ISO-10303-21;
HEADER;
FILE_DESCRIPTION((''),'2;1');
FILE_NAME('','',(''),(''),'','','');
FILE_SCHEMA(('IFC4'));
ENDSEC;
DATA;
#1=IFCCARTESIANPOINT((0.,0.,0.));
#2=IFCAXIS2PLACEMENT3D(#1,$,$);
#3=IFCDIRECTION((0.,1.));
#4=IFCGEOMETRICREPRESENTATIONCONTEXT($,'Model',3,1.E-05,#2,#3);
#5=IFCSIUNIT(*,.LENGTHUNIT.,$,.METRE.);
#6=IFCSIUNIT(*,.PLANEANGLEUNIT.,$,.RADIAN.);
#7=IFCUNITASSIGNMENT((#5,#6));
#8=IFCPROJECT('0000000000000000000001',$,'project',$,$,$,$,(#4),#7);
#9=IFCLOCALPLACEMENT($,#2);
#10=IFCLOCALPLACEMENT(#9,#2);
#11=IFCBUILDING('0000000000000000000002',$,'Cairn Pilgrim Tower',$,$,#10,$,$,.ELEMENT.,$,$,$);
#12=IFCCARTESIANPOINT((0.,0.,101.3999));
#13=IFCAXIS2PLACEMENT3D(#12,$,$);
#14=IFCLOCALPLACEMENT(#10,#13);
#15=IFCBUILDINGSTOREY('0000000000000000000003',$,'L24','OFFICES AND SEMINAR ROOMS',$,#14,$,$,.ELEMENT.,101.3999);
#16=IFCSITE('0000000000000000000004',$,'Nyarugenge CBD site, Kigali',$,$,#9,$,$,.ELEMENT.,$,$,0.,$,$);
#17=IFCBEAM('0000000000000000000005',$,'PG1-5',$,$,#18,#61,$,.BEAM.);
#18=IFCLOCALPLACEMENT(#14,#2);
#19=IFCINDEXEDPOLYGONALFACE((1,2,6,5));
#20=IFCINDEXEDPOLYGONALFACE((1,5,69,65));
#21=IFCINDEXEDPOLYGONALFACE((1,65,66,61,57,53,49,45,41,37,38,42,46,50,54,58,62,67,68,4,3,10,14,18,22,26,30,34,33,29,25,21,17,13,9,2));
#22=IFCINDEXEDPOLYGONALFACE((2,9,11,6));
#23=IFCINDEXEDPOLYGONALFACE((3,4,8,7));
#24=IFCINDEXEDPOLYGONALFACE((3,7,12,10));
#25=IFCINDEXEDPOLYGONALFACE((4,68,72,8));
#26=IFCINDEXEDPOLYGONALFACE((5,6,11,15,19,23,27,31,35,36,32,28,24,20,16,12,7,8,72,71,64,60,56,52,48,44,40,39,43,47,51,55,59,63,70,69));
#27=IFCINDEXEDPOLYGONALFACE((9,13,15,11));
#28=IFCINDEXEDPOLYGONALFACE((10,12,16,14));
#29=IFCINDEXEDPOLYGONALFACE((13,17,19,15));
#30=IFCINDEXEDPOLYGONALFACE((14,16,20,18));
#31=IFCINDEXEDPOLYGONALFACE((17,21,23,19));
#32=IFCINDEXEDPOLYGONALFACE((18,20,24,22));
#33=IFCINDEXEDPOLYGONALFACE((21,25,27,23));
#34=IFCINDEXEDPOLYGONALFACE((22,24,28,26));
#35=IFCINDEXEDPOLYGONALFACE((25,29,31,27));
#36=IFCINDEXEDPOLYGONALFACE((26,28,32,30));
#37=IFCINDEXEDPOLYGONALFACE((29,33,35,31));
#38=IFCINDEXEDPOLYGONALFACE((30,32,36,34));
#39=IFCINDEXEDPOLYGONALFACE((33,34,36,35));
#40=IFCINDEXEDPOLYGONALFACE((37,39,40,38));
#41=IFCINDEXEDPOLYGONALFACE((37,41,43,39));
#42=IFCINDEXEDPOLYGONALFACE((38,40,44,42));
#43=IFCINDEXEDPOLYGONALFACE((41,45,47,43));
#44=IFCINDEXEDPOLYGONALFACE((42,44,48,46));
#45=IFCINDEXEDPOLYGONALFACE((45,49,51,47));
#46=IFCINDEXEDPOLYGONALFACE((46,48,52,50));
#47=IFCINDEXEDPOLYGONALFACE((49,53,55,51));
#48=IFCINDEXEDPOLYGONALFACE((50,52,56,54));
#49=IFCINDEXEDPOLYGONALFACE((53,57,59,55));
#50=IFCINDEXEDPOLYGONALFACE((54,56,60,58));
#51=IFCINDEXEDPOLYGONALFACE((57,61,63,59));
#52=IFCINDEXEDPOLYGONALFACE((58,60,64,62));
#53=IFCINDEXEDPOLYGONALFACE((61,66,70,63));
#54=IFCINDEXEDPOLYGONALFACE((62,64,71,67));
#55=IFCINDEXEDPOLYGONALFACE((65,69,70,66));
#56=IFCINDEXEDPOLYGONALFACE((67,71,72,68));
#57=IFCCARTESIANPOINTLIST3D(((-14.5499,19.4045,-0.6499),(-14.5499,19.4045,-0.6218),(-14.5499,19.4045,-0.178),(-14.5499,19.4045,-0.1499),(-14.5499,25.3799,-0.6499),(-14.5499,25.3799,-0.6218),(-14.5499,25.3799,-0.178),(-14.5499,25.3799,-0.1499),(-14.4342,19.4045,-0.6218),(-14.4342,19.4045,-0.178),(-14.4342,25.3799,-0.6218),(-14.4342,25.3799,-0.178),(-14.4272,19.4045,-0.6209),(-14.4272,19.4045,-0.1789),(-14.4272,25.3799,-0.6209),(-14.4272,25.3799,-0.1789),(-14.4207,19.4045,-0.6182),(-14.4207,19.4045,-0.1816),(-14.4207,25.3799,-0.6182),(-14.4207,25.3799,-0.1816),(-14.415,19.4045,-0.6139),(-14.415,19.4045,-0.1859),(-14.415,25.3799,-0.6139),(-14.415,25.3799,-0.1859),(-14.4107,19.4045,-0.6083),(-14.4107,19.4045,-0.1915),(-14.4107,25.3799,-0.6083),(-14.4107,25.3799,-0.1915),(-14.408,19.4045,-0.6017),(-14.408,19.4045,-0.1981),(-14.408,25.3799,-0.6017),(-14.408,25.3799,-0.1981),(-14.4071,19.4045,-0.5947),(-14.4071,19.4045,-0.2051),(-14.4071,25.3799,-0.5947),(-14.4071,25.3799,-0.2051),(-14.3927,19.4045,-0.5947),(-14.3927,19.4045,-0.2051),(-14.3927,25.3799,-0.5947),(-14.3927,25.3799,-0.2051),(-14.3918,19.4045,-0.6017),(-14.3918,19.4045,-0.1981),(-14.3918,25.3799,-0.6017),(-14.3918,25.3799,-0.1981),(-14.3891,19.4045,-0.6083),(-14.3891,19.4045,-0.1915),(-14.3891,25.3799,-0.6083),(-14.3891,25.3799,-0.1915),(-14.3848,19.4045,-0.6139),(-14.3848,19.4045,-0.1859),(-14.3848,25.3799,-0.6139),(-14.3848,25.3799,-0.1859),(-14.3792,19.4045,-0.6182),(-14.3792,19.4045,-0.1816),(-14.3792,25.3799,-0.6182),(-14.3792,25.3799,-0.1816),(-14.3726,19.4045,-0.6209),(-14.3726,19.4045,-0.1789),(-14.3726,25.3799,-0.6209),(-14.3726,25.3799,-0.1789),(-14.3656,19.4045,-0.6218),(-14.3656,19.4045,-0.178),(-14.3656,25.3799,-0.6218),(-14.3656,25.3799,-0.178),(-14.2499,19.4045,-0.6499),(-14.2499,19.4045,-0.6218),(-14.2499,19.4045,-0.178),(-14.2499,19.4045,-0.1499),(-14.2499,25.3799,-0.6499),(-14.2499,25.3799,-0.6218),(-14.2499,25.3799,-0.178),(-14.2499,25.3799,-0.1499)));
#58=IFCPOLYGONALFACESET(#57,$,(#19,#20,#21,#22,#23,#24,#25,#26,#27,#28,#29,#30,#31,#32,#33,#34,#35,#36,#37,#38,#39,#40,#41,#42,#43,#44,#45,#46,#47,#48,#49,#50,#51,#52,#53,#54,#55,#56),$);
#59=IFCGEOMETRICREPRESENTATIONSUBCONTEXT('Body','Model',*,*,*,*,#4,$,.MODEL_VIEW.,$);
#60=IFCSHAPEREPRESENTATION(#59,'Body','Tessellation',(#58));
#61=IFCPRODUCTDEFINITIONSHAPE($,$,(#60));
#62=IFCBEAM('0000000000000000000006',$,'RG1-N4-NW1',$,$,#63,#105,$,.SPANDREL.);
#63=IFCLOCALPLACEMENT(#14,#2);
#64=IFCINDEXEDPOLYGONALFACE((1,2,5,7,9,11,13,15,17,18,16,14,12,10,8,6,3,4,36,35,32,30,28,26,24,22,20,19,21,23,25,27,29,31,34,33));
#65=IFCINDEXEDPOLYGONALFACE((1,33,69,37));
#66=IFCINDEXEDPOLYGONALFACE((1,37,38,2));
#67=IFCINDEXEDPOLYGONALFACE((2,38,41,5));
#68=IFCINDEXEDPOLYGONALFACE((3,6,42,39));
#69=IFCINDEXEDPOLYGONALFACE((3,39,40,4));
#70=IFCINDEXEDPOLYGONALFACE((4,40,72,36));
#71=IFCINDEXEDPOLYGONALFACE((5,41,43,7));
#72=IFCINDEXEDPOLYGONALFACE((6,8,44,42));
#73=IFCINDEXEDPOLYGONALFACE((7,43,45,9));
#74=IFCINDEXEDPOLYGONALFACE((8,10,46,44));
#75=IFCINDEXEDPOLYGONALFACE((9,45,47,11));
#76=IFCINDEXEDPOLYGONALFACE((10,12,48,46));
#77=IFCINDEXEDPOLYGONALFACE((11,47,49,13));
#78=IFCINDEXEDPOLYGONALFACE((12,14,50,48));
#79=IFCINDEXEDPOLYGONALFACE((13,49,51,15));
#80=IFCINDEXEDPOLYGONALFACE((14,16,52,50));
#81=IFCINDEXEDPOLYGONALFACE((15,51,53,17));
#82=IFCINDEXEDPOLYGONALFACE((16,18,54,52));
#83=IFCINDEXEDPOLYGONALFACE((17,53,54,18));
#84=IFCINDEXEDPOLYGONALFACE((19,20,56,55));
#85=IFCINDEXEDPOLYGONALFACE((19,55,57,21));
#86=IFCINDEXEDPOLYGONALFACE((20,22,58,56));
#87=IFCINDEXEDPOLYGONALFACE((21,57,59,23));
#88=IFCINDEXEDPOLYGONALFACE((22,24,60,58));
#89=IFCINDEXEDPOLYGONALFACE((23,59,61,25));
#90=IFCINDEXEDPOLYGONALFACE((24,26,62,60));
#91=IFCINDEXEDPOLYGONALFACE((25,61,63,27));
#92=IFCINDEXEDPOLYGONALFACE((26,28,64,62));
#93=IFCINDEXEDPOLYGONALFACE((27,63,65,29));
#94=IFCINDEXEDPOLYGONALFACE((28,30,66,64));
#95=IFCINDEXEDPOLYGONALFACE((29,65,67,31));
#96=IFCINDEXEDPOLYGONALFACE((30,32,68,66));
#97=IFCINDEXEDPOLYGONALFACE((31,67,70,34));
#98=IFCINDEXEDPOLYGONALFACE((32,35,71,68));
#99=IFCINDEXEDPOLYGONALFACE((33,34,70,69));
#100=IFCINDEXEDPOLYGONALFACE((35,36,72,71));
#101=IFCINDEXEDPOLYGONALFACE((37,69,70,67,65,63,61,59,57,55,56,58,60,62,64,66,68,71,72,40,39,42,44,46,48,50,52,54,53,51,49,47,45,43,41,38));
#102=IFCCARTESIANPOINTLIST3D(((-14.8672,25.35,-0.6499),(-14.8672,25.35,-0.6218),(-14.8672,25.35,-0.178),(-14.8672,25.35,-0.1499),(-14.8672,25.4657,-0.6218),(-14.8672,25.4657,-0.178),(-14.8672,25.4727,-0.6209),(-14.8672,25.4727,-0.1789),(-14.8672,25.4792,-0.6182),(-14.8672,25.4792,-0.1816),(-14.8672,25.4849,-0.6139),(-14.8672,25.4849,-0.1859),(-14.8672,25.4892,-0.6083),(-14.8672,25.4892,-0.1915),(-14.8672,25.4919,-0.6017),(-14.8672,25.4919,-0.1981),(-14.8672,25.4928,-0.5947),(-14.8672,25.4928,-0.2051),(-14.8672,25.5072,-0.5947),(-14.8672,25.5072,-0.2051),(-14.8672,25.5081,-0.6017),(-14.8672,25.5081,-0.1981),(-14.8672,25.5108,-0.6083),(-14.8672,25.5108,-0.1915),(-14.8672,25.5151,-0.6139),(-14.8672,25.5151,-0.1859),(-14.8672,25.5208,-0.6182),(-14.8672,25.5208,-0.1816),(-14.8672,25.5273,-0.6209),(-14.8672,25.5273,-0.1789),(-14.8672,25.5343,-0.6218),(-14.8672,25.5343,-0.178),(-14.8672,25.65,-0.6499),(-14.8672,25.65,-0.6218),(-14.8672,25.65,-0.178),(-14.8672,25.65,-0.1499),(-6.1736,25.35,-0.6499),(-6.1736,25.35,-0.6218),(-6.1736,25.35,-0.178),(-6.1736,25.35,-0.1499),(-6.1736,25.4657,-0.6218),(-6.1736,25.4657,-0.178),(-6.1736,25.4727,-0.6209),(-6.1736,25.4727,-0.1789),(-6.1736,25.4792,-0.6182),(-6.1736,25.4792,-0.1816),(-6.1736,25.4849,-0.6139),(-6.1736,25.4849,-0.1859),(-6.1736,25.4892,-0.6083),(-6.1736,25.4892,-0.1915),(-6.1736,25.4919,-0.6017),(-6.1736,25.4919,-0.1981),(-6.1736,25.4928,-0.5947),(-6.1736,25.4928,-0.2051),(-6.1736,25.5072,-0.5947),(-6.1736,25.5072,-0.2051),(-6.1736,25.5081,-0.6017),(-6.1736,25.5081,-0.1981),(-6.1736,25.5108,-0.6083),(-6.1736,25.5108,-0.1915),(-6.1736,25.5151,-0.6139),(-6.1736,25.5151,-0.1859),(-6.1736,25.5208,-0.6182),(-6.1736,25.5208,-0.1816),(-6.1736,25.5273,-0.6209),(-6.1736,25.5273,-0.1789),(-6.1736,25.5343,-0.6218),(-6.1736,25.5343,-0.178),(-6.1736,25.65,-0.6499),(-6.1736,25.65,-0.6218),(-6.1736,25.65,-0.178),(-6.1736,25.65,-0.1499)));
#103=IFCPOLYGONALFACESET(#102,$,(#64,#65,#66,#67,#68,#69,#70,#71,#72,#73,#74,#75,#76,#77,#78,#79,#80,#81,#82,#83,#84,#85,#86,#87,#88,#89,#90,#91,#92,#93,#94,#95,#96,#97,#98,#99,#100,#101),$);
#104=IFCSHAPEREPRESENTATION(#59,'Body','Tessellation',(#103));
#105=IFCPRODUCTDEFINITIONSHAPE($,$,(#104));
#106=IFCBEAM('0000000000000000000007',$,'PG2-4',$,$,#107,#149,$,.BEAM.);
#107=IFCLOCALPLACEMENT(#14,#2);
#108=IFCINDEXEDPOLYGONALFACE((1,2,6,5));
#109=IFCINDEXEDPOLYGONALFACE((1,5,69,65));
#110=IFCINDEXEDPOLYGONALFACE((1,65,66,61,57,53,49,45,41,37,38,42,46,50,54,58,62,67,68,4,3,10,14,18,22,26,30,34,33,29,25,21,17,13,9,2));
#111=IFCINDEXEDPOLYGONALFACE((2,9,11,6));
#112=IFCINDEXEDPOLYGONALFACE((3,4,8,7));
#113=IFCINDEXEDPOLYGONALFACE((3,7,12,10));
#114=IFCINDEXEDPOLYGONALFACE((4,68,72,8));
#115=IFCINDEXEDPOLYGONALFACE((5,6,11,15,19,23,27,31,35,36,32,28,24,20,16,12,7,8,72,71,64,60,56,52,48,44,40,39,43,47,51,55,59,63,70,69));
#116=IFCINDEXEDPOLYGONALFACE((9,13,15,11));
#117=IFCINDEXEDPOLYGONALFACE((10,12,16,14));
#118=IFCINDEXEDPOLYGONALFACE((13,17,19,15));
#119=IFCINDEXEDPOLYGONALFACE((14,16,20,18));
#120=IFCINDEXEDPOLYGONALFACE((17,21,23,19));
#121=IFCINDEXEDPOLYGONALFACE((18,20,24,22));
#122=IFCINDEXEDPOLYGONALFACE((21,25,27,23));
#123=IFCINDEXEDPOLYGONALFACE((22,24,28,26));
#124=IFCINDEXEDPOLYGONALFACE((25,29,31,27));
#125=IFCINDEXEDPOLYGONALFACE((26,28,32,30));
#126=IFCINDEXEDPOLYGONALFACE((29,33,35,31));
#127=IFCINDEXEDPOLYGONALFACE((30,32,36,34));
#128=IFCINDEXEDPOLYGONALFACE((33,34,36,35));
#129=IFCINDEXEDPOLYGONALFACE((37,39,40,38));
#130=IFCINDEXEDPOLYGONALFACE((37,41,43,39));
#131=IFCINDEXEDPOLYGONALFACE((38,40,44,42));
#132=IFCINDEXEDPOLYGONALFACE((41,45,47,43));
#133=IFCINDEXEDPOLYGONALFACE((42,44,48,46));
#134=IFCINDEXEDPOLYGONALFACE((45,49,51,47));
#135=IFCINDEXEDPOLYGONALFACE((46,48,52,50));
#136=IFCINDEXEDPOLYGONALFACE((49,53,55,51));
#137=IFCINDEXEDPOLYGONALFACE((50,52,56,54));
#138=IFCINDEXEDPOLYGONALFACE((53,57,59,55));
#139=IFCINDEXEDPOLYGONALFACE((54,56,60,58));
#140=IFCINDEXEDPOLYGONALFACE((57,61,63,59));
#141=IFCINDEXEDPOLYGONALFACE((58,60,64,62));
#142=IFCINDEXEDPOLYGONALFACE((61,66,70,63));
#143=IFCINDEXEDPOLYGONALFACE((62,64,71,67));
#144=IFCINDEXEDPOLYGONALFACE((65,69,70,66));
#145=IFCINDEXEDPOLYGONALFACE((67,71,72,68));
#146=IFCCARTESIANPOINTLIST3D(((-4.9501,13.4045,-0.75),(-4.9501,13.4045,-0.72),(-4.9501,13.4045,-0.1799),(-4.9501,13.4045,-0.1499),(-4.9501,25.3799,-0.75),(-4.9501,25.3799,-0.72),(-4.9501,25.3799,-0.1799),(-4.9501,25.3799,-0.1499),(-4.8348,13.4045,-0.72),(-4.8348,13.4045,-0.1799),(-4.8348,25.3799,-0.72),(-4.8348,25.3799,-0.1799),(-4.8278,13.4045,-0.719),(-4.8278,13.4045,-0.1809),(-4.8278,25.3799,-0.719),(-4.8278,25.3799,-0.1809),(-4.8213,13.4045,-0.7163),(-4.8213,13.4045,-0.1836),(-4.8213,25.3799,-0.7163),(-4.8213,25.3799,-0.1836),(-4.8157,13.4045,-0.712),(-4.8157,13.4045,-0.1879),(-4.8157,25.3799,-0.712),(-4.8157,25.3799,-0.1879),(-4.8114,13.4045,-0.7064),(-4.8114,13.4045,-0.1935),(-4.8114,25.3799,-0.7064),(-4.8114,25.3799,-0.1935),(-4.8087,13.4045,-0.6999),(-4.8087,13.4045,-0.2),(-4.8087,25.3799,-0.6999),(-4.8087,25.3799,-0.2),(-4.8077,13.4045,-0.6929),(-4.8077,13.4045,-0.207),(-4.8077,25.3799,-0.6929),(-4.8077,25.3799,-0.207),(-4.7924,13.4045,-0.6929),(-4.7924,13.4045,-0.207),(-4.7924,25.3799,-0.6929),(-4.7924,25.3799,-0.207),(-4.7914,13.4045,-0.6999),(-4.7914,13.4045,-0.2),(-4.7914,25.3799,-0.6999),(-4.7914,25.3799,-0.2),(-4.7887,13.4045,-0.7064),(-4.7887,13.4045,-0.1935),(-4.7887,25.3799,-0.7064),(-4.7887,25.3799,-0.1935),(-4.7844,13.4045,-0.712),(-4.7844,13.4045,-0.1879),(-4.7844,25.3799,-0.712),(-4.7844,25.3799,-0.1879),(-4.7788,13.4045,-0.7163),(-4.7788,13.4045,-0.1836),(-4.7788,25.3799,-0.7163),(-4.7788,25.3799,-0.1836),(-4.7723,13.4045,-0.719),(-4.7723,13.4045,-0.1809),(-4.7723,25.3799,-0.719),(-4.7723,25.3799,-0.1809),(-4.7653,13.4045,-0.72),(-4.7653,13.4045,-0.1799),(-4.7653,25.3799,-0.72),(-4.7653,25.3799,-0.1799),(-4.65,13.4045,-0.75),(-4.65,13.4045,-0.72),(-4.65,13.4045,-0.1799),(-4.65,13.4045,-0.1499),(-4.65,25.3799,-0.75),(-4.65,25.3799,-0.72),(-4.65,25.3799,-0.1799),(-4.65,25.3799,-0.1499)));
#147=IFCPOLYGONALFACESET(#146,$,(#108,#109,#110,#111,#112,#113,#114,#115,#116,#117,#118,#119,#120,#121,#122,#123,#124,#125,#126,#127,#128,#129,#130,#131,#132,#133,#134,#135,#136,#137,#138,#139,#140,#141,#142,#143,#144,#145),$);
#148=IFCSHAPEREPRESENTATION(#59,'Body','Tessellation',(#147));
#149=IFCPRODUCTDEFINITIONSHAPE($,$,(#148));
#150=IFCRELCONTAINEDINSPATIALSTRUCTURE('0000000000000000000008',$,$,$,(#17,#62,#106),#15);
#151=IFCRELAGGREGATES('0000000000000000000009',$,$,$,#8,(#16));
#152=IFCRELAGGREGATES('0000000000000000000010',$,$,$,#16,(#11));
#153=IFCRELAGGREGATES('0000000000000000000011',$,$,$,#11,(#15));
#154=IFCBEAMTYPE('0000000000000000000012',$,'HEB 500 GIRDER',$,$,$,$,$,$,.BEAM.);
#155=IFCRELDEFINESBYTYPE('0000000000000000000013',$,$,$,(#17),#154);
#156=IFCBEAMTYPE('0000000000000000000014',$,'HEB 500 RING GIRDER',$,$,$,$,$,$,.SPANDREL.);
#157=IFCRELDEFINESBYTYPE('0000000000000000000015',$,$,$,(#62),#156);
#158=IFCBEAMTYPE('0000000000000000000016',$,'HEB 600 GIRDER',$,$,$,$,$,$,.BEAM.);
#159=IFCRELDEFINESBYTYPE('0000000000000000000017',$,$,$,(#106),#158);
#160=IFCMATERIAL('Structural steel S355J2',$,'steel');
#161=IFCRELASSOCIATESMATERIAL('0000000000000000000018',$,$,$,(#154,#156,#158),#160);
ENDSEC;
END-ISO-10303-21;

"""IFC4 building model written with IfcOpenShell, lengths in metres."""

from ifc_helpers import new_model, si_unit, direction, frame, origin, origin_2d, place, context, subcontext, project, spatial, i_section, extrude, material, material_profile, profile_set, type_object, element, save


model = new_model("IFC4")

# Units and contexts
model_context = context("Model", 3, precision=1e-05, world=origin(), true_north=direction((0.0, 1.0)))
body_context = subcontext(model_context, "Body", "Model", "MODEL_VIEW")
ifc_project = project(units=[si_unit("LENGTHUNIT", "METRE"), si_unit("PLANEANGLEUNIT", "RADIAN")], contexts=[model_context])

# Site, building, storey
site_placement = place(None, origin())
site = spatial("IfcSite", under=ifc_project, at=site_placement, Name="Nyarugenge CBD site, Kigali", CompositionType="ELEMENT", RefElevation=0.0)
building_placement = place(site_placement, origin())
building = spatial("IfcBuilding", under=site, at=building_placement, Name="Cairn Pilgrim Tower", CompositionType="ELEMENT")
storey_placement = place(building_placement, frame((0.0, 0.0, 101.3999)))
storey = spatial("IfcBuildingStorey", under=building, at=storey_placement, Name="L24", Description="OFFICES AND SEMINAR ROOMS", CompositionType="ELEMENT", Elevation=101.3999)

# Beams
ifc_material_1 = material(Name="Structural steel S355J2", Category="steel")
ifc_material_profile_1 = material_profile(ifc_material_1, i_section(OverallWidth=0.3, OverallDepth=0.5, WebThickness=0.0144, FlangeThickness=0.0281, FilletRadius=0.0271, at=origin_2d()), Name="HEB 500")
ifc_profile_set_1 = profile_set([ifc_material_profile_1], Name="Structural steel S355J2")
beam_type_1 = type_object("IfcBeamType", Name="HEB 500 GIRDER", PredefinedType="BEAM", material=ifc_profile_set_1)
beam_1_placement = place(storey_placement, frame((-14.3999, 19.4045, -0.3999), z_axis=(0.0, 1.0, 0.0), x_axis=(-1.0, 0.0, 0.0)))
element("IfcBeam", 1, at=beam_1_placement, inside=storey, type_object=beam_type_1, Name="PG1-5", PredefinedType="BEAM", context=body_context, shape_type="SweptSolid", body=[
    extrude(i_section(OverallWidth=0.3, OverallDepth=0.5, WebThickness=0.0144, FlangeThickness=0.0281, FilletRadius=0.0271, at=origin_2d()), origin(), (0.0, 0.0, 1.0), 5.9753),
])
ifc_material_profile_2 = material_profile(ifc_material_1, i_section(OverallWidth=0.3, OverallDepth=0.5, WebThickness=0.0144, FlangeThickness=0.0281, FilletRadius=0.0271, at=origin_2d()), Name="HEB 500")
ifc_profile_set_2 = profile_set([ifc_material_profile_2], Name="Structural steel S355J2")
beam_type_2 = type_object("IfcBeamType", Name="HEB 500 RING GIRDER", PredefinedType="SPANDREL", material=ifc_profile_set_2)
beam_2_placement = place(storey_placement, frame((-6.1736, 25.5, -0.3999), z_axis=(-1.0, 0.0, 0.0), x_axis=(0.0, -1.0, 0.0)))
element("IfcBeam", 2, at=beam_2_placement, inside=storey, type_object=beam_type_2, Name="RG1-N4-NW1", PredefinedType="SPANDREL", context=body_context, shape_type="SweptSolid", body=[
    extrude(i_section(OverallWidth=0.3, OverallDepth=0.5, WebThickness=0.0144, FlangeThickness=0.0281, FilletRadius=0.0271, at=origin_2d()), origin(), (0.0, 0.0, 1.0), 8.6936),
])
ifc_material_profile_3 = material_profile(ifc_material_1, i_section(OverallWidth=0.3, OverallDepth=0.6001, WebThickness=0.0154, FlangeThickness=0.03, FilletRadius=0.0271, at=origin_2d()), Name="HEB 600")
ifc_profile_set_3 = profile_set([ifc_material_profile_3], Name="Structural steel S355J2")
beam_type_3 = type_object("IfcBeamType", Name="HEB 600 GIRDER", PredefinedType="BEAM", material=ifc_profile_set_3)
beam_3_placement = place(storey_placement, frame((-4.8, 13.4045, -0.45), z_axis=(0.0, 1.0, 0.0), x_axis=(-1.0, 0.0, 0.0)))
element("IfcBeam", 3, at=beam_3_placement, inside=storey, type_object=beam_type_3, Name="PG2-4", PredefinedType="BEAM", context=body_context, shape_type="SweptSolid", body=[
    extrude(i_section(OverallWidth=0.3, OverallDepth=0.6001, WebThickness=0.0154, FlangeThickness=0.03, FilletRadius=0.0271, at=origin_2d()), origin(), (0.0, 0.0, 1.0), 11.9753),
])

save(model, "model.ifc")
